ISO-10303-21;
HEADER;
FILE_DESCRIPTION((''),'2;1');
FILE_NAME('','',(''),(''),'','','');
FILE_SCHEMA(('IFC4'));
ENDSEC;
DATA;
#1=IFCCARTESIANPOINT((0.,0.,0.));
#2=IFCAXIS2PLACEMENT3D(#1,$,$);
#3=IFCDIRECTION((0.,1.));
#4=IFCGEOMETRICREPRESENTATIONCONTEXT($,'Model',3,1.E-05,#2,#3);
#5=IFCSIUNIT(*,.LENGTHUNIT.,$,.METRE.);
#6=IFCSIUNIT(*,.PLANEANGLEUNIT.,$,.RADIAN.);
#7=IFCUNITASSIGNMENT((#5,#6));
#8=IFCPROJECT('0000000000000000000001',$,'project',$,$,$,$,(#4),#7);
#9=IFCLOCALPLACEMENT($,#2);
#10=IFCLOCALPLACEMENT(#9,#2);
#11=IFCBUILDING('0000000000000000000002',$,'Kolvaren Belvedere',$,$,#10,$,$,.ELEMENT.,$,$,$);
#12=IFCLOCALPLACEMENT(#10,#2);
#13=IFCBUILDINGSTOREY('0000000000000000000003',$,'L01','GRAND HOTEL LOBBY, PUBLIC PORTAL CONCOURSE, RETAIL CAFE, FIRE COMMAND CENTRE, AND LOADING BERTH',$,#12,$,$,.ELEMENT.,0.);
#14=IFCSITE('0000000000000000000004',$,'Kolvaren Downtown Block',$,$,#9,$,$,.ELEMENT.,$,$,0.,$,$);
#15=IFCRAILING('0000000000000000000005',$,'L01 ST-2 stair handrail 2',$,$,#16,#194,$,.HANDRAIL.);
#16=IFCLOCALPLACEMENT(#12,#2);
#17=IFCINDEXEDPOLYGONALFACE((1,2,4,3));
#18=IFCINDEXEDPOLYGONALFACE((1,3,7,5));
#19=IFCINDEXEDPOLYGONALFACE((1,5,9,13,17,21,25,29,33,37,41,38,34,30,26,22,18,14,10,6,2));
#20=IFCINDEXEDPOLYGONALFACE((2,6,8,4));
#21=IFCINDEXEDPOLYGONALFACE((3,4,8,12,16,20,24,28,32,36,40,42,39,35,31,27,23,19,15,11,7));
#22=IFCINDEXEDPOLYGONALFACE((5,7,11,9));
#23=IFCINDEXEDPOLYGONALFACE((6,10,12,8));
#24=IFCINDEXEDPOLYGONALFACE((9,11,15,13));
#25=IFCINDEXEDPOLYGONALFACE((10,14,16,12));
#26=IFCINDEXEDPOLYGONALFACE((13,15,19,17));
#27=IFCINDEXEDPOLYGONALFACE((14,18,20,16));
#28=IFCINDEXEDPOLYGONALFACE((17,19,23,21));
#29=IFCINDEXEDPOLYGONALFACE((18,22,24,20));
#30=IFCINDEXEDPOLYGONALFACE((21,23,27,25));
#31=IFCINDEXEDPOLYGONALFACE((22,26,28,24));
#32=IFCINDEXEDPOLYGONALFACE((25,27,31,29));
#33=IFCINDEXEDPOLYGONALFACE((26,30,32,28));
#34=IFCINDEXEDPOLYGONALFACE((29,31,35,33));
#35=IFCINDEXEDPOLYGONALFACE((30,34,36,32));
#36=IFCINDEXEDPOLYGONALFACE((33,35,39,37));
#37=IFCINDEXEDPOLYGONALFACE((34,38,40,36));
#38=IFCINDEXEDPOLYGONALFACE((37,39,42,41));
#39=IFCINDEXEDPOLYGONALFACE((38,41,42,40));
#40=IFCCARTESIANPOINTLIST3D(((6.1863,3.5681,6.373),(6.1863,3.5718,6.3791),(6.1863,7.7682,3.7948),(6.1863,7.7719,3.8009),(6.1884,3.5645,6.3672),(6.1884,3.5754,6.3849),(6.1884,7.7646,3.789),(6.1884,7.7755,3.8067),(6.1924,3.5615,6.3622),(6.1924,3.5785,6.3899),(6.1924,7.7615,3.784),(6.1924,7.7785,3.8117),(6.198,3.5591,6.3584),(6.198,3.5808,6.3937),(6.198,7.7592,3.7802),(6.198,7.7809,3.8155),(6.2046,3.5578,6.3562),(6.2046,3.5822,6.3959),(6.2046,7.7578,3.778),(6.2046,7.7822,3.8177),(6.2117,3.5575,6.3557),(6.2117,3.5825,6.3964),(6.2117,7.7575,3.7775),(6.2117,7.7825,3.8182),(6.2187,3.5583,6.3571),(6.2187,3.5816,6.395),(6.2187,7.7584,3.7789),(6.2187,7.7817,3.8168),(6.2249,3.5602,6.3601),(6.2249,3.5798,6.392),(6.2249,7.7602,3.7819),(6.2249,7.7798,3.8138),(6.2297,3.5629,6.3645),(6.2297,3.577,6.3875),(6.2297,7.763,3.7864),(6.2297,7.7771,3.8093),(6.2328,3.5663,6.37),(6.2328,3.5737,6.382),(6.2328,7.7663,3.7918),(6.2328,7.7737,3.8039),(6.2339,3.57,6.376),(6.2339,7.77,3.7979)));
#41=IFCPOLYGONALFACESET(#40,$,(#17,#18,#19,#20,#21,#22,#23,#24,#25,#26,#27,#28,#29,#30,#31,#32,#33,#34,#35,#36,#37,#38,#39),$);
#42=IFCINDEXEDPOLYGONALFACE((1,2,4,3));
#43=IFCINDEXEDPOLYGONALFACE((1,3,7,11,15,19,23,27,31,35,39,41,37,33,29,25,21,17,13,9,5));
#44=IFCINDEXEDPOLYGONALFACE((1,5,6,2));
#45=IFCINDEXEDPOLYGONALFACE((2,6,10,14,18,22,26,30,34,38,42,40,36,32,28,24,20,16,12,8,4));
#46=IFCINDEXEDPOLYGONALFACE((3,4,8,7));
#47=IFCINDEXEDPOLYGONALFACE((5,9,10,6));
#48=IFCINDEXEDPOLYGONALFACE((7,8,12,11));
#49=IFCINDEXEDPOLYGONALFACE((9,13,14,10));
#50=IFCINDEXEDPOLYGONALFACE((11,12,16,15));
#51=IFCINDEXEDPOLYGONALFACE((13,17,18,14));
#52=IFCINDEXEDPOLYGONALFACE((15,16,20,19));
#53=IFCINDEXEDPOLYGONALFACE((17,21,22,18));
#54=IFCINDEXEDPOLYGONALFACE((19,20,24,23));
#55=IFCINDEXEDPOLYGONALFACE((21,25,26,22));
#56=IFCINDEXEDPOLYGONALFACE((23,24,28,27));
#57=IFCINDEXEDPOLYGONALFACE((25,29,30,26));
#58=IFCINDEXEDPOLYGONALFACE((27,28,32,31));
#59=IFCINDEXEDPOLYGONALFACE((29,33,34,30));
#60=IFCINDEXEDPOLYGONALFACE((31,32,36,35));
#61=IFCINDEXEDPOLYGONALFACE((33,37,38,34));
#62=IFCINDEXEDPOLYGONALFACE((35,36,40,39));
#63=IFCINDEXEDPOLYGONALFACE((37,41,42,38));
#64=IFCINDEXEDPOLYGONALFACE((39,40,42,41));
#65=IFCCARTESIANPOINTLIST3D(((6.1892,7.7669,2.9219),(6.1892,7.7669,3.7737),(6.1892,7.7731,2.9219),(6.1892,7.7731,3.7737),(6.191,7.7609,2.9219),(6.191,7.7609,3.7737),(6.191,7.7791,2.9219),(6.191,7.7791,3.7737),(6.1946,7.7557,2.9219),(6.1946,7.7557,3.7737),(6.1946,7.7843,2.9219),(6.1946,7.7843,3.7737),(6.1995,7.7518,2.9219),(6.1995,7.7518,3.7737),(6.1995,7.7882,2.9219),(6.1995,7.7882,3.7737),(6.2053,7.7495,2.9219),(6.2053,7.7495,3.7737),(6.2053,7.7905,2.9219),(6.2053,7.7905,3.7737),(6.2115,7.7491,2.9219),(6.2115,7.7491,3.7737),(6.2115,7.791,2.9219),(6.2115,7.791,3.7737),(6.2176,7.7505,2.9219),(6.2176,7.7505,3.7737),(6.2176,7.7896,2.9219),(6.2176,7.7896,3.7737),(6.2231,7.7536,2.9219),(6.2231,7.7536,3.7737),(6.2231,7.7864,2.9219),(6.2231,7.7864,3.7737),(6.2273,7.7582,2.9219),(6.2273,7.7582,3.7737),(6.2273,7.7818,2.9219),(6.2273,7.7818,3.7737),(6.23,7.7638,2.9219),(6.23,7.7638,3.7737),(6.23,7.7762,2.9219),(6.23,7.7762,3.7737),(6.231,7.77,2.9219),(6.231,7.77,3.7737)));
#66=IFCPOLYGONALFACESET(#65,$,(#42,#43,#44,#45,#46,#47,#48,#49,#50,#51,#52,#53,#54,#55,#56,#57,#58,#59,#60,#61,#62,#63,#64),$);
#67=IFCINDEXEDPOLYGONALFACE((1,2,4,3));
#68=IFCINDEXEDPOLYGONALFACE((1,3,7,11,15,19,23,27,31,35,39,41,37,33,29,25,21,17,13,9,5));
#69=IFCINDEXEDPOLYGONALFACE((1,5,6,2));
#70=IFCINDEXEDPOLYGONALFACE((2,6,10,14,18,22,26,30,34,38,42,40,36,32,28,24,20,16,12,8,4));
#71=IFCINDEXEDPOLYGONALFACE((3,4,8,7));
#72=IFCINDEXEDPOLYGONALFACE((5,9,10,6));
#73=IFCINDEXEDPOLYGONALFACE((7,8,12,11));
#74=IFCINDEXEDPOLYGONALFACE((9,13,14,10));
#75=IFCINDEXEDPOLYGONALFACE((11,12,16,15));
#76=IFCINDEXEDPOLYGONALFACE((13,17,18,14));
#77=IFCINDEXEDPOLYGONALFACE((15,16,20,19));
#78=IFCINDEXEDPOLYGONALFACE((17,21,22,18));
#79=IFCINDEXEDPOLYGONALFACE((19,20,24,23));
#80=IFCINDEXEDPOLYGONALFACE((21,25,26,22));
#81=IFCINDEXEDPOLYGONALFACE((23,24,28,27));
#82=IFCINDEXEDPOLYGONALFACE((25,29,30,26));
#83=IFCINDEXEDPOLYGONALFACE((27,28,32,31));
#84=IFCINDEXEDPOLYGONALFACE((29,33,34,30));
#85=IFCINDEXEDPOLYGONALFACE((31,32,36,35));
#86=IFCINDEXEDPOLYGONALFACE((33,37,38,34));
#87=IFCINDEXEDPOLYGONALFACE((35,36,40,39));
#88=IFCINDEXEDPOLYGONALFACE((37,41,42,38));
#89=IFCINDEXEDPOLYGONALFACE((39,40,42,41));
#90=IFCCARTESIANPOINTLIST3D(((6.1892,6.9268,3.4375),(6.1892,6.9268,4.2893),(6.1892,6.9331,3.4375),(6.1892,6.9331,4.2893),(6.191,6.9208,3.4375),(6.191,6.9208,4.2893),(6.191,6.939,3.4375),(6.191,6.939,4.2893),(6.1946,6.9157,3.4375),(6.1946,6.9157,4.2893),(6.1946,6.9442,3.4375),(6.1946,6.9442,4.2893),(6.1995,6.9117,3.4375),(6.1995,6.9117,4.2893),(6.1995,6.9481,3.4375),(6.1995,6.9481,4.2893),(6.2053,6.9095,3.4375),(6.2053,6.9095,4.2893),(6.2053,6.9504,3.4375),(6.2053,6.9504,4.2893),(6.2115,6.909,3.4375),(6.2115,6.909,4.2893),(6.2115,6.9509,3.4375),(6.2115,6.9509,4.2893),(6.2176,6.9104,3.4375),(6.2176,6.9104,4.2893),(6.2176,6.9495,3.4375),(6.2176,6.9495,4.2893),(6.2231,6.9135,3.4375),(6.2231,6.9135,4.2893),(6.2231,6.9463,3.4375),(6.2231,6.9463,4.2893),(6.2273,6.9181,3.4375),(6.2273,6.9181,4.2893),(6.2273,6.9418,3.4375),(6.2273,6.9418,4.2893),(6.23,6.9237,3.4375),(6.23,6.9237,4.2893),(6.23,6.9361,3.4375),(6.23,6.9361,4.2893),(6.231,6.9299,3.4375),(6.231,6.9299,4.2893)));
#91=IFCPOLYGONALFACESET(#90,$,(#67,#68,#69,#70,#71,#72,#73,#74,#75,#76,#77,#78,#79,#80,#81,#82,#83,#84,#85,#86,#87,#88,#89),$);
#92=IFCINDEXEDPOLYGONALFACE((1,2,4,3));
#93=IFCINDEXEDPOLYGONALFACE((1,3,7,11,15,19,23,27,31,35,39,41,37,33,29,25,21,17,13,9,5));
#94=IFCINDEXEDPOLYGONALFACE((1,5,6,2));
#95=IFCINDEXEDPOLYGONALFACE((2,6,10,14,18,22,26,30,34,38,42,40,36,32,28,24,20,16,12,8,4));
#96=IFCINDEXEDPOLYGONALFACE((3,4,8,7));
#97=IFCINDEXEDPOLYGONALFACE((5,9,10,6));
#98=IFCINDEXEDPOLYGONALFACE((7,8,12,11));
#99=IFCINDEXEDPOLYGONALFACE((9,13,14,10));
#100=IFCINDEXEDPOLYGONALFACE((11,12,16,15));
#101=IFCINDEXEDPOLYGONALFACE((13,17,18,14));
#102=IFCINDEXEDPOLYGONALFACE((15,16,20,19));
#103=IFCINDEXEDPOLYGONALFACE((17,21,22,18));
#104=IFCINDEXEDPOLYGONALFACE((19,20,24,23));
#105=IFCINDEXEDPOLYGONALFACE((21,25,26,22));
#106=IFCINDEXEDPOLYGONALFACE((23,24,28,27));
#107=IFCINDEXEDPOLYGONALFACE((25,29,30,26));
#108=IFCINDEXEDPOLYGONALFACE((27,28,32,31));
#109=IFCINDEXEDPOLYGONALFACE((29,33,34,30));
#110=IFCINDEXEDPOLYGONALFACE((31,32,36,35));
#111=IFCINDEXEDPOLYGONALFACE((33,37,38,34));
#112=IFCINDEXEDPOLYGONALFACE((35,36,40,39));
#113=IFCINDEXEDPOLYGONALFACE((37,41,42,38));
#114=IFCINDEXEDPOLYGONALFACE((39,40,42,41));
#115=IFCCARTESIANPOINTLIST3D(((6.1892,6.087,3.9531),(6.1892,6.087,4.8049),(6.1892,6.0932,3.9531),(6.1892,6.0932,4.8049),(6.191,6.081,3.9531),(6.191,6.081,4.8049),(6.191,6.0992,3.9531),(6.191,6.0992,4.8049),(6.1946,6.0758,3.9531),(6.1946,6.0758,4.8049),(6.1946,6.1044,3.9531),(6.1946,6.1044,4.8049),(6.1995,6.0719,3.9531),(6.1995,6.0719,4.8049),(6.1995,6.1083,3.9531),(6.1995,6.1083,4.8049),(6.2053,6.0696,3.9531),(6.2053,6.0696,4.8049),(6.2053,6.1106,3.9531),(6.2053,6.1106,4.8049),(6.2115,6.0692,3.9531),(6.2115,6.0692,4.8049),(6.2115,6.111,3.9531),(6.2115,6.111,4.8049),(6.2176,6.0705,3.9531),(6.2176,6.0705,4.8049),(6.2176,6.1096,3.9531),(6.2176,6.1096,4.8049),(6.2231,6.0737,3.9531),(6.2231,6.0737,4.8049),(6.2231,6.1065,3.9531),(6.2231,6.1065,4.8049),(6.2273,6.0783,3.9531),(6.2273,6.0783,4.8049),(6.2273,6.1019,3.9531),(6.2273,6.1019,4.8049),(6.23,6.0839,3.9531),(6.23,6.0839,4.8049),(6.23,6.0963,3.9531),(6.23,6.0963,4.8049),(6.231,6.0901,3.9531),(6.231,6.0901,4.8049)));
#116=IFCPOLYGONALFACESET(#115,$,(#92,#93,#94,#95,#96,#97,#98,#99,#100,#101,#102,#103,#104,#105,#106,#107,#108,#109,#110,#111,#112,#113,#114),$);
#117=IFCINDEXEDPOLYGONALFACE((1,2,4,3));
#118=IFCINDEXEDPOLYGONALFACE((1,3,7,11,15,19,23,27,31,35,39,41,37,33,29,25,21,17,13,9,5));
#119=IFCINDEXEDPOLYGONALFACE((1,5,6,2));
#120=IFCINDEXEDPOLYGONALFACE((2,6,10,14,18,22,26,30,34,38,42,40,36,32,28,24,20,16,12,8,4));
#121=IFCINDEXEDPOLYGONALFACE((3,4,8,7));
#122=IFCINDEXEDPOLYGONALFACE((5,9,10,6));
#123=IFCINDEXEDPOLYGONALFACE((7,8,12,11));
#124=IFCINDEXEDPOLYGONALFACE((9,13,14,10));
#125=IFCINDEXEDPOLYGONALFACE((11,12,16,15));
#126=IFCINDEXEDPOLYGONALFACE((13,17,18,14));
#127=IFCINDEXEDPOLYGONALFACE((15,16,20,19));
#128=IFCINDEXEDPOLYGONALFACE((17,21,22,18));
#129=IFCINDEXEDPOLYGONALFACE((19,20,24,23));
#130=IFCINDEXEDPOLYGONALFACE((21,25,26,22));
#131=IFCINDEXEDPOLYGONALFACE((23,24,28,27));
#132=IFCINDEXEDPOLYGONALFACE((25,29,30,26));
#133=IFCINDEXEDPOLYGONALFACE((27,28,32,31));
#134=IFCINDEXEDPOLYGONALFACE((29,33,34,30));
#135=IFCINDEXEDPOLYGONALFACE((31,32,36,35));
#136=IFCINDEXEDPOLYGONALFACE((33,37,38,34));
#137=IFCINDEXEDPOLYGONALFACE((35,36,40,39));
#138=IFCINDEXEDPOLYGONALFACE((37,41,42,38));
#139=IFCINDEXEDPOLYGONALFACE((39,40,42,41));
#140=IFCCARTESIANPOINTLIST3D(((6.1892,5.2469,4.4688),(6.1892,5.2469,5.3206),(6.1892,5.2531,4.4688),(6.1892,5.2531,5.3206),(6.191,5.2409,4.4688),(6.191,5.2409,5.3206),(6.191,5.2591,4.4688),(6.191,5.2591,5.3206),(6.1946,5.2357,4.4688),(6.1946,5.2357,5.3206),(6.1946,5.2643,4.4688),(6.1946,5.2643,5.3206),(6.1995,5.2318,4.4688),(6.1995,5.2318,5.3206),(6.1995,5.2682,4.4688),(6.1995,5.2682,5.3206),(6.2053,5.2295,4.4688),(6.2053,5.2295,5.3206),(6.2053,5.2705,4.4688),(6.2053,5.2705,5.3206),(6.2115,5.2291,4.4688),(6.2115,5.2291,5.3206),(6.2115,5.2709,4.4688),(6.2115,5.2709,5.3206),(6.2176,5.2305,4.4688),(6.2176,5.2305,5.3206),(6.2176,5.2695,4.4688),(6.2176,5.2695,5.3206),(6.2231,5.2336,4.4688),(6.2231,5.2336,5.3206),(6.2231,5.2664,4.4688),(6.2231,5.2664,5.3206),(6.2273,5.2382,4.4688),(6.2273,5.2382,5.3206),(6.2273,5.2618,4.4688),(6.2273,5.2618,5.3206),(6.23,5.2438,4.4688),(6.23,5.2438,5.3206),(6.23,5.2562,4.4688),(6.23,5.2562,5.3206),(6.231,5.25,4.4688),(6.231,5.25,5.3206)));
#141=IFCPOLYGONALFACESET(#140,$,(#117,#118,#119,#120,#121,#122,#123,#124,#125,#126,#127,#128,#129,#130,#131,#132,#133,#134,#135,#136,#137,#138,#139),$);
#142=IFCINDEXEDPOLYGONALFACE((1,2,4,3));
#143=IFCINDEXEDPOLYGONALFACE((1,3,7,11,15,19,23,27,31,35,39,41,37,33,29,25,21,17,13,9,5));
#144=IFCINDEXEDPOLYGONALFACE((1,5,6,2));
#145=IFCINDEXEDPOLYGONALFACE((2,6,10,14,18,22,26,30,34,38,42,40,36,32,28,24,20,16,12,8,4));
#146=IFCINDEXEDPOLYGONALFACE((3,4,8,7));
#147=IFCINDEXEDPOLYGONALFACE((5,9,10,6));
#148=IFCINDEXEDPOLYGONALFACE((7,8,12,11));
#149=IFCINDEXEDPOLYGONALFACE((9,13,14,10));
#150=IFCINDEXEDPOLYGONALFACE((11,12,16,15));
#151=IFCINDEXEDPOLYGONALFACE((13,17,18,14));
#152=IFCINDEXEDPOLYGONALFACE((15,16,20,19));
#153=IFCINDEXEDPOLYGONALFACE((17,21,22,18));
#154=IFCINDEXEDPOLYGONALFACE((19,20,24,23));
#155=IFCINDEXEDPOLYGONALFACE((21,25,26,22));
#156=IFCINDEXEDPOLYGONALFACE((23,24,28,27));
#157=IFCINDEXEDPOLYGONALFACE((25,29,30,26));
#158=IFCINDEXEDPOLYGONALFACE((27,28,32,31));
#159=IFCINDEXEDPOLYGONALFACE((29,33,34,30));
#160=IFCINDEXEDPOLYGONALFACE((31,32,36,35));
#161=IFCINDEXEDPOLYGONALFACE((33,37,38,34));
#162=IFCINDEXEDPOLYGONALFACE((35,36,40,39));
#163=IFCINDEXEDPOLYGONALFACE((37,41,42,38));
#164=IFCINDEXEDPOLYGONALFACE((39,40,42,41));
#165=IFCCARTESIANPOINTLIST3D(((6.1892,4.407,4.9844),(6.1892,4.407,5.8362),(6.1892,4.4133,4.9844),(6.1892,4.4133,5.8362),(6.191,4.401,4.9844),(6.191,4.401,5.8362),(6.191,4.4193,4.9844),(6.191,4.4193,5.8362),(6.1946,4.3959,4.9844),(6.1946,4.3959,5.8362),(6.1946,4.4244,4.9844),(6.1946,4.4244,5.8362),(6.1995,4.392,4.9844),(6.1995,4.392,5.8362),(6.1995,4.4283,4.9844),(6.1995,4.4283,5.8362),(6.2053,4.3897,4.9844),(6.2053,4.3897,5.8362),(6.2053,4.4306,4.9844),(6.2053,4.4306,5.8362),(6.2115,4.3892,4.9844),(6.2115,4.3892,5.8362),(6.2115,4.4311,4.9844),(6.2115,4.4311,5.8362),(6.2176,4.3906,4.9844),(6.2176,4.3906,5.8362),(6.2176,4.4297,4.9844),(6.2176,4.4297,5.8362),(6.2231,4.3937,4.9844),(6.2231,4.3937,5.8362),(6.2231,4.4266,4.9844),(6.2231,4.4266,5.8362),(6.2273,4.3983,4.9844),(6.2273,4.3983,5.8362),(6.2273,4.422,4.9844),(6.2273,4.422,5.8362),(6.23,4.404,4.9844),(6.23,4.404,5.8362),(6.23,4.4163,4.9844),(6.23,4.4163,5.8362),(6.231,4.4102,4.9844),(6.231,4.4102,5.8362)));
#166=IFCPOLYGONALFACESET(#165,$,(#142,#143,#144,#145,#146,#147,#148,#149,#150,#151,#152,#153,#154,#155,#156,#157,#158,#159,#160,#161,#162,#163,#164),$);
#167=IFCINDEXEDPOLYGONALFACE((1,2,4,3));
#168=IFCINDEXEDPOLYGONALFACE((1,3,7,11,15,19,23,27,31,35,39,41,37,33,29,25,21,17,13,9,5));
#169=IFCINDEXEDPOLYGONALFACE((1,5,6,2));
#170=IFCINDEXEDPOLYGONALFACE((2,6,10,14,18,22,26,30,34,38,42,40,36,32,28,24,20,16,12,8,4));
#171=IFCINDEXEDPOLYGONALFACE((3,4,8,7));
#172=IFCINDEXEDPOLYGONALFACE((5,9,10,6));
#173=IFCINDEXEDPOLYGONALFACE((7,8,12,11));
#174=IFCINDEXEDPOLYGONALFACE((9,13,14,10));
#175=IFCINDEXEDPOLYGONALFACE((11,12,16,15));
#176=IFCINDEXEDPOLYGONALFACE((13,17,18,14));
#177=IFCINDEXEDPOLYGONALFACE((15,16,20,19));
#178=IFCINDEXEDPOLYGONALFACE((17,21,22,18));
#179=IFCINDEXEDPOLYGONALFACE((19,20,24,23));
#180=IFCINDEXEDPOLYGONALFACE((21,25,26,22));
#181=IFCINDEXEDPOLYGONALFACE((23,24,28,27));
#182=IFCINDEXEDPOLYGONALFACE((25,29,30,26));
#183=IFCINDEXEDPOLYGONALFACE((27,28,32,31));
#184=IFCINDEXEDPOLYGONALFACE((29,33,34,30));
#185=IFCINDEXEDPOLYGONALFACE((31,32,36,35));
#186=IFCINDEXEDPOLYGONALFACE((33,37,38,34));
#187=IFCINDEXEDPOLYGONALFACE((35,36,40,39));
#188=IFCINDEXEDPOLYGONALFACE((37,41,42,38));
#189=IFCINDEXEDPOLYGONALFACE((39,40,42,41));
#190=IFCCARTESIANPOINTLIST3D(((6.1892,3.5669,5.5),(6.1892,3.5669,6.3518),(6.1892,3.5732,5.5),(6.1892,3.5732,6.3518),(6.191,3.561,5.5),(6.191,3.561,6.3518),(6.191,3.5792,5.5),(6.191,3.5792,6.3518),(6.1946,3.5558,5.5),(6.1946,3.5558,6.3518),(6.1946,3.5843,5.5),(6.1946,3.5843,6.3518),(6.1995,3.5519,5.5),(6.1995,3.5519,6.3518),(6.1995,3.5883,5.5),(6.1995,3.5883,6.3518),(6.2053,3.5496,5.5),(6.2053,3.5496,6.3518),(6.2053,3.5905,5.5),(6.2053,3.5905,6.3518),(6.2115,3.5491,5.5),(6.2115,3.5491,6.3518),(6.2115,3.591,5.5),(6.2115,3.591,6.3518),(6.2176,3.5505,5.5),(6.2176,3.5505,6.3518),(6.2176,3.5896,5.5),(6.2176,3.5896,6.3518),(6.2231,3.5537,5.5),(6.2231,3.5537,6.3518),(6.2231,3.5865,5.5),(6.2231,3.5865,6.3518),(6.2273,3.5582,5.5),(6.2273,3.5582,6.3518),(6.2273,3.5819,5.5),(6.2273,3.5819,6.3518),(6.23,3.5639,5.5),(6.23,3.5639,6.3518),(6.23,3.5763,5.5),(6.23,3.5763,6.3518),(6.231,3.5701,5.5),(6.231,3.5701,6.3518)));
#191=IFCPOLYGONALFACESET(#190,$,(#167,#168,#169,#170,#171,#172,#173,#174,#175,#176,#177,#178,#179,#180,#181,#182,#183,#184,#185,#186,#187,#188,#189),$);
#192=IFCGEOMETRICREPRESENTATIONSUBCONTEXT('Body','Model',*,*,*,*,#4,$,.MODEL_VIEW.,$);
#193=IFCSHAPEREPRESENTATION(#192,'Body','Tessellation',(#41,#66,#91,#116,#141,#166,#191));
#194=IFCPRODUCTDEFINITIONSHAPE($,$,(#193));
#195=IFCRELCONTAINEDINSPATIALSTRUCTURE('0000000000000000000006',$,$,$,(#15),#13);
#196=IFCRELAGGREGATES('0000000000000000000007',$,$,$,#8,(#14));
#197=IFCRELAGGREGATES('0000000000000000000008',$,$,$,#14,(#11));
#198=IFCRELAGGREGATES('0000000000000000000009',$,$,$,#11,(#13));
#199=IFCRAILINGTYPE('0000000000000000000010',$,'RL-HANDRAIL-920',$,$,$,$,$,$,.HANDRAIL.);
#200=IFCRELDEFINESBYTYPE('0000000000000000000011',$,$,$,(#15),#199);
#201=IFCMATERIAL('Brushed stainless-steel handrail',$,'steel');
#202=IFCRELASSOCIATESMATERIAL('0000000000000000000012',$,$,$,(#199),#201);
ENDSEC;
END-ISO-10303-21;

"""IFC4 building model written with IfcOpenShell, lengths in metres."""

from ifc_helpers import new_model, si_unit, direction, frame, origin, origin_2d, place, context, subcontext, project, spatial, circle, extrude, material, type_object, element, save


model = new_model("IFC4")

# Units and contexts
model_context = context("Model", 3, precision=1e-05, world=origin(), true_north=direction((0.0, 1.0)))
body_context = subcontext(model_context, "Body", "Model", "MODEL_VIEW")
ifc_project = project(units=[si_unit("LENGTHUNIT", "METRE"), si_unit("PLANEANGLEUNIT", "RADIAN")], contexts=[model_context])

# Site, building, storey
site_placement = place(None, origin())
site = spatial("IfcSite", under=ifc_project, at=site_placement, Name="Kolvaren Downtown Block", CompositionType="ELEMENT", RefElevation=0.0)
building_placement = place(site_placement, origin())
building = spatial("IfcBuilding", under=site, at=building_placement, Name="Kolvaren Belvedere", CompositionType="ELEMENT")
storey_placement = place(building_placement, origin())
storey = spatial("IfcBuildingStorey", under=building, at=storey_placement, Name="L01", Description="GRAND HOTEL LOBBY, PUBLIC PORTAL CONCOURSE, RETAIL CAFE, FIRE COMMAND CENTRE, AND LOADING BERTH", CompositionType="ELEMENT", Elevation=0.0)

# Railing
ifc_material_1 = material(Name="Brushed stainless-steel handrail", Category="steel")
railing_type_1 = type_object("IfcRailingType", Name="RL-HANDRAIL-920", PredefinedType="HANDRAIL", material=ifc_material_1)
railing_1_placement = place(storey_placement, frame((6.21, 7.77, 2.9219)))
element("IfcRailing", 1, at=railing_1_placement, inside=storey, type_object=railing_type_1, Name="L01 ST-2 stair handrail 2", PredefinedType="HANDRAIL", context=body_context, shape_type="SweptSolid", body=[
    extrude(circle(Radius=0.0239, at=origin_2d()), frame((0.0, 0.0, 0.876), z_axis=(0.0, -0.852243, 0.523146), x_axis=(1.0, 0.0, 0.0)), (0.0, 0.0, 1.0), 4.9282),
    extrude(circle(Radius=0.021, at=origin_2d()), origin(), (0.0, 0.0, 1.0), 0.8518),
    extrude(circle(Radius=0.021, at=origin_2d()), frame((0.0, -0.8401, 0.5156)), (0.0, 0.0, 1.0), 0.8518),
    extrude(circle(Radius=0.021, at=origin_2d()), frame((0.0, -1.6799, 1.0312)), (0.0, 0.0, 1.0), 0.8518),
    extrude(circle(Radius=0.021, at=origin_2d()), frame((0.0, -2.52, 1.5469)), (0.0, 0.0, 1.0), 0.8518),
    extrude(circle(Radius=0.021, at=origin_2d()), frame((0.0, -3.3599, 2.0625)), (0.0, 0.0, 1.0), 0.8518),
    extrude(circle(Radius=0.021, at=origin_2d()), frame((0.0, -4.2, 2.5781)), (0.0, 0.0, 1.0), 0.8518),
])

save(model, "model.ifc")
